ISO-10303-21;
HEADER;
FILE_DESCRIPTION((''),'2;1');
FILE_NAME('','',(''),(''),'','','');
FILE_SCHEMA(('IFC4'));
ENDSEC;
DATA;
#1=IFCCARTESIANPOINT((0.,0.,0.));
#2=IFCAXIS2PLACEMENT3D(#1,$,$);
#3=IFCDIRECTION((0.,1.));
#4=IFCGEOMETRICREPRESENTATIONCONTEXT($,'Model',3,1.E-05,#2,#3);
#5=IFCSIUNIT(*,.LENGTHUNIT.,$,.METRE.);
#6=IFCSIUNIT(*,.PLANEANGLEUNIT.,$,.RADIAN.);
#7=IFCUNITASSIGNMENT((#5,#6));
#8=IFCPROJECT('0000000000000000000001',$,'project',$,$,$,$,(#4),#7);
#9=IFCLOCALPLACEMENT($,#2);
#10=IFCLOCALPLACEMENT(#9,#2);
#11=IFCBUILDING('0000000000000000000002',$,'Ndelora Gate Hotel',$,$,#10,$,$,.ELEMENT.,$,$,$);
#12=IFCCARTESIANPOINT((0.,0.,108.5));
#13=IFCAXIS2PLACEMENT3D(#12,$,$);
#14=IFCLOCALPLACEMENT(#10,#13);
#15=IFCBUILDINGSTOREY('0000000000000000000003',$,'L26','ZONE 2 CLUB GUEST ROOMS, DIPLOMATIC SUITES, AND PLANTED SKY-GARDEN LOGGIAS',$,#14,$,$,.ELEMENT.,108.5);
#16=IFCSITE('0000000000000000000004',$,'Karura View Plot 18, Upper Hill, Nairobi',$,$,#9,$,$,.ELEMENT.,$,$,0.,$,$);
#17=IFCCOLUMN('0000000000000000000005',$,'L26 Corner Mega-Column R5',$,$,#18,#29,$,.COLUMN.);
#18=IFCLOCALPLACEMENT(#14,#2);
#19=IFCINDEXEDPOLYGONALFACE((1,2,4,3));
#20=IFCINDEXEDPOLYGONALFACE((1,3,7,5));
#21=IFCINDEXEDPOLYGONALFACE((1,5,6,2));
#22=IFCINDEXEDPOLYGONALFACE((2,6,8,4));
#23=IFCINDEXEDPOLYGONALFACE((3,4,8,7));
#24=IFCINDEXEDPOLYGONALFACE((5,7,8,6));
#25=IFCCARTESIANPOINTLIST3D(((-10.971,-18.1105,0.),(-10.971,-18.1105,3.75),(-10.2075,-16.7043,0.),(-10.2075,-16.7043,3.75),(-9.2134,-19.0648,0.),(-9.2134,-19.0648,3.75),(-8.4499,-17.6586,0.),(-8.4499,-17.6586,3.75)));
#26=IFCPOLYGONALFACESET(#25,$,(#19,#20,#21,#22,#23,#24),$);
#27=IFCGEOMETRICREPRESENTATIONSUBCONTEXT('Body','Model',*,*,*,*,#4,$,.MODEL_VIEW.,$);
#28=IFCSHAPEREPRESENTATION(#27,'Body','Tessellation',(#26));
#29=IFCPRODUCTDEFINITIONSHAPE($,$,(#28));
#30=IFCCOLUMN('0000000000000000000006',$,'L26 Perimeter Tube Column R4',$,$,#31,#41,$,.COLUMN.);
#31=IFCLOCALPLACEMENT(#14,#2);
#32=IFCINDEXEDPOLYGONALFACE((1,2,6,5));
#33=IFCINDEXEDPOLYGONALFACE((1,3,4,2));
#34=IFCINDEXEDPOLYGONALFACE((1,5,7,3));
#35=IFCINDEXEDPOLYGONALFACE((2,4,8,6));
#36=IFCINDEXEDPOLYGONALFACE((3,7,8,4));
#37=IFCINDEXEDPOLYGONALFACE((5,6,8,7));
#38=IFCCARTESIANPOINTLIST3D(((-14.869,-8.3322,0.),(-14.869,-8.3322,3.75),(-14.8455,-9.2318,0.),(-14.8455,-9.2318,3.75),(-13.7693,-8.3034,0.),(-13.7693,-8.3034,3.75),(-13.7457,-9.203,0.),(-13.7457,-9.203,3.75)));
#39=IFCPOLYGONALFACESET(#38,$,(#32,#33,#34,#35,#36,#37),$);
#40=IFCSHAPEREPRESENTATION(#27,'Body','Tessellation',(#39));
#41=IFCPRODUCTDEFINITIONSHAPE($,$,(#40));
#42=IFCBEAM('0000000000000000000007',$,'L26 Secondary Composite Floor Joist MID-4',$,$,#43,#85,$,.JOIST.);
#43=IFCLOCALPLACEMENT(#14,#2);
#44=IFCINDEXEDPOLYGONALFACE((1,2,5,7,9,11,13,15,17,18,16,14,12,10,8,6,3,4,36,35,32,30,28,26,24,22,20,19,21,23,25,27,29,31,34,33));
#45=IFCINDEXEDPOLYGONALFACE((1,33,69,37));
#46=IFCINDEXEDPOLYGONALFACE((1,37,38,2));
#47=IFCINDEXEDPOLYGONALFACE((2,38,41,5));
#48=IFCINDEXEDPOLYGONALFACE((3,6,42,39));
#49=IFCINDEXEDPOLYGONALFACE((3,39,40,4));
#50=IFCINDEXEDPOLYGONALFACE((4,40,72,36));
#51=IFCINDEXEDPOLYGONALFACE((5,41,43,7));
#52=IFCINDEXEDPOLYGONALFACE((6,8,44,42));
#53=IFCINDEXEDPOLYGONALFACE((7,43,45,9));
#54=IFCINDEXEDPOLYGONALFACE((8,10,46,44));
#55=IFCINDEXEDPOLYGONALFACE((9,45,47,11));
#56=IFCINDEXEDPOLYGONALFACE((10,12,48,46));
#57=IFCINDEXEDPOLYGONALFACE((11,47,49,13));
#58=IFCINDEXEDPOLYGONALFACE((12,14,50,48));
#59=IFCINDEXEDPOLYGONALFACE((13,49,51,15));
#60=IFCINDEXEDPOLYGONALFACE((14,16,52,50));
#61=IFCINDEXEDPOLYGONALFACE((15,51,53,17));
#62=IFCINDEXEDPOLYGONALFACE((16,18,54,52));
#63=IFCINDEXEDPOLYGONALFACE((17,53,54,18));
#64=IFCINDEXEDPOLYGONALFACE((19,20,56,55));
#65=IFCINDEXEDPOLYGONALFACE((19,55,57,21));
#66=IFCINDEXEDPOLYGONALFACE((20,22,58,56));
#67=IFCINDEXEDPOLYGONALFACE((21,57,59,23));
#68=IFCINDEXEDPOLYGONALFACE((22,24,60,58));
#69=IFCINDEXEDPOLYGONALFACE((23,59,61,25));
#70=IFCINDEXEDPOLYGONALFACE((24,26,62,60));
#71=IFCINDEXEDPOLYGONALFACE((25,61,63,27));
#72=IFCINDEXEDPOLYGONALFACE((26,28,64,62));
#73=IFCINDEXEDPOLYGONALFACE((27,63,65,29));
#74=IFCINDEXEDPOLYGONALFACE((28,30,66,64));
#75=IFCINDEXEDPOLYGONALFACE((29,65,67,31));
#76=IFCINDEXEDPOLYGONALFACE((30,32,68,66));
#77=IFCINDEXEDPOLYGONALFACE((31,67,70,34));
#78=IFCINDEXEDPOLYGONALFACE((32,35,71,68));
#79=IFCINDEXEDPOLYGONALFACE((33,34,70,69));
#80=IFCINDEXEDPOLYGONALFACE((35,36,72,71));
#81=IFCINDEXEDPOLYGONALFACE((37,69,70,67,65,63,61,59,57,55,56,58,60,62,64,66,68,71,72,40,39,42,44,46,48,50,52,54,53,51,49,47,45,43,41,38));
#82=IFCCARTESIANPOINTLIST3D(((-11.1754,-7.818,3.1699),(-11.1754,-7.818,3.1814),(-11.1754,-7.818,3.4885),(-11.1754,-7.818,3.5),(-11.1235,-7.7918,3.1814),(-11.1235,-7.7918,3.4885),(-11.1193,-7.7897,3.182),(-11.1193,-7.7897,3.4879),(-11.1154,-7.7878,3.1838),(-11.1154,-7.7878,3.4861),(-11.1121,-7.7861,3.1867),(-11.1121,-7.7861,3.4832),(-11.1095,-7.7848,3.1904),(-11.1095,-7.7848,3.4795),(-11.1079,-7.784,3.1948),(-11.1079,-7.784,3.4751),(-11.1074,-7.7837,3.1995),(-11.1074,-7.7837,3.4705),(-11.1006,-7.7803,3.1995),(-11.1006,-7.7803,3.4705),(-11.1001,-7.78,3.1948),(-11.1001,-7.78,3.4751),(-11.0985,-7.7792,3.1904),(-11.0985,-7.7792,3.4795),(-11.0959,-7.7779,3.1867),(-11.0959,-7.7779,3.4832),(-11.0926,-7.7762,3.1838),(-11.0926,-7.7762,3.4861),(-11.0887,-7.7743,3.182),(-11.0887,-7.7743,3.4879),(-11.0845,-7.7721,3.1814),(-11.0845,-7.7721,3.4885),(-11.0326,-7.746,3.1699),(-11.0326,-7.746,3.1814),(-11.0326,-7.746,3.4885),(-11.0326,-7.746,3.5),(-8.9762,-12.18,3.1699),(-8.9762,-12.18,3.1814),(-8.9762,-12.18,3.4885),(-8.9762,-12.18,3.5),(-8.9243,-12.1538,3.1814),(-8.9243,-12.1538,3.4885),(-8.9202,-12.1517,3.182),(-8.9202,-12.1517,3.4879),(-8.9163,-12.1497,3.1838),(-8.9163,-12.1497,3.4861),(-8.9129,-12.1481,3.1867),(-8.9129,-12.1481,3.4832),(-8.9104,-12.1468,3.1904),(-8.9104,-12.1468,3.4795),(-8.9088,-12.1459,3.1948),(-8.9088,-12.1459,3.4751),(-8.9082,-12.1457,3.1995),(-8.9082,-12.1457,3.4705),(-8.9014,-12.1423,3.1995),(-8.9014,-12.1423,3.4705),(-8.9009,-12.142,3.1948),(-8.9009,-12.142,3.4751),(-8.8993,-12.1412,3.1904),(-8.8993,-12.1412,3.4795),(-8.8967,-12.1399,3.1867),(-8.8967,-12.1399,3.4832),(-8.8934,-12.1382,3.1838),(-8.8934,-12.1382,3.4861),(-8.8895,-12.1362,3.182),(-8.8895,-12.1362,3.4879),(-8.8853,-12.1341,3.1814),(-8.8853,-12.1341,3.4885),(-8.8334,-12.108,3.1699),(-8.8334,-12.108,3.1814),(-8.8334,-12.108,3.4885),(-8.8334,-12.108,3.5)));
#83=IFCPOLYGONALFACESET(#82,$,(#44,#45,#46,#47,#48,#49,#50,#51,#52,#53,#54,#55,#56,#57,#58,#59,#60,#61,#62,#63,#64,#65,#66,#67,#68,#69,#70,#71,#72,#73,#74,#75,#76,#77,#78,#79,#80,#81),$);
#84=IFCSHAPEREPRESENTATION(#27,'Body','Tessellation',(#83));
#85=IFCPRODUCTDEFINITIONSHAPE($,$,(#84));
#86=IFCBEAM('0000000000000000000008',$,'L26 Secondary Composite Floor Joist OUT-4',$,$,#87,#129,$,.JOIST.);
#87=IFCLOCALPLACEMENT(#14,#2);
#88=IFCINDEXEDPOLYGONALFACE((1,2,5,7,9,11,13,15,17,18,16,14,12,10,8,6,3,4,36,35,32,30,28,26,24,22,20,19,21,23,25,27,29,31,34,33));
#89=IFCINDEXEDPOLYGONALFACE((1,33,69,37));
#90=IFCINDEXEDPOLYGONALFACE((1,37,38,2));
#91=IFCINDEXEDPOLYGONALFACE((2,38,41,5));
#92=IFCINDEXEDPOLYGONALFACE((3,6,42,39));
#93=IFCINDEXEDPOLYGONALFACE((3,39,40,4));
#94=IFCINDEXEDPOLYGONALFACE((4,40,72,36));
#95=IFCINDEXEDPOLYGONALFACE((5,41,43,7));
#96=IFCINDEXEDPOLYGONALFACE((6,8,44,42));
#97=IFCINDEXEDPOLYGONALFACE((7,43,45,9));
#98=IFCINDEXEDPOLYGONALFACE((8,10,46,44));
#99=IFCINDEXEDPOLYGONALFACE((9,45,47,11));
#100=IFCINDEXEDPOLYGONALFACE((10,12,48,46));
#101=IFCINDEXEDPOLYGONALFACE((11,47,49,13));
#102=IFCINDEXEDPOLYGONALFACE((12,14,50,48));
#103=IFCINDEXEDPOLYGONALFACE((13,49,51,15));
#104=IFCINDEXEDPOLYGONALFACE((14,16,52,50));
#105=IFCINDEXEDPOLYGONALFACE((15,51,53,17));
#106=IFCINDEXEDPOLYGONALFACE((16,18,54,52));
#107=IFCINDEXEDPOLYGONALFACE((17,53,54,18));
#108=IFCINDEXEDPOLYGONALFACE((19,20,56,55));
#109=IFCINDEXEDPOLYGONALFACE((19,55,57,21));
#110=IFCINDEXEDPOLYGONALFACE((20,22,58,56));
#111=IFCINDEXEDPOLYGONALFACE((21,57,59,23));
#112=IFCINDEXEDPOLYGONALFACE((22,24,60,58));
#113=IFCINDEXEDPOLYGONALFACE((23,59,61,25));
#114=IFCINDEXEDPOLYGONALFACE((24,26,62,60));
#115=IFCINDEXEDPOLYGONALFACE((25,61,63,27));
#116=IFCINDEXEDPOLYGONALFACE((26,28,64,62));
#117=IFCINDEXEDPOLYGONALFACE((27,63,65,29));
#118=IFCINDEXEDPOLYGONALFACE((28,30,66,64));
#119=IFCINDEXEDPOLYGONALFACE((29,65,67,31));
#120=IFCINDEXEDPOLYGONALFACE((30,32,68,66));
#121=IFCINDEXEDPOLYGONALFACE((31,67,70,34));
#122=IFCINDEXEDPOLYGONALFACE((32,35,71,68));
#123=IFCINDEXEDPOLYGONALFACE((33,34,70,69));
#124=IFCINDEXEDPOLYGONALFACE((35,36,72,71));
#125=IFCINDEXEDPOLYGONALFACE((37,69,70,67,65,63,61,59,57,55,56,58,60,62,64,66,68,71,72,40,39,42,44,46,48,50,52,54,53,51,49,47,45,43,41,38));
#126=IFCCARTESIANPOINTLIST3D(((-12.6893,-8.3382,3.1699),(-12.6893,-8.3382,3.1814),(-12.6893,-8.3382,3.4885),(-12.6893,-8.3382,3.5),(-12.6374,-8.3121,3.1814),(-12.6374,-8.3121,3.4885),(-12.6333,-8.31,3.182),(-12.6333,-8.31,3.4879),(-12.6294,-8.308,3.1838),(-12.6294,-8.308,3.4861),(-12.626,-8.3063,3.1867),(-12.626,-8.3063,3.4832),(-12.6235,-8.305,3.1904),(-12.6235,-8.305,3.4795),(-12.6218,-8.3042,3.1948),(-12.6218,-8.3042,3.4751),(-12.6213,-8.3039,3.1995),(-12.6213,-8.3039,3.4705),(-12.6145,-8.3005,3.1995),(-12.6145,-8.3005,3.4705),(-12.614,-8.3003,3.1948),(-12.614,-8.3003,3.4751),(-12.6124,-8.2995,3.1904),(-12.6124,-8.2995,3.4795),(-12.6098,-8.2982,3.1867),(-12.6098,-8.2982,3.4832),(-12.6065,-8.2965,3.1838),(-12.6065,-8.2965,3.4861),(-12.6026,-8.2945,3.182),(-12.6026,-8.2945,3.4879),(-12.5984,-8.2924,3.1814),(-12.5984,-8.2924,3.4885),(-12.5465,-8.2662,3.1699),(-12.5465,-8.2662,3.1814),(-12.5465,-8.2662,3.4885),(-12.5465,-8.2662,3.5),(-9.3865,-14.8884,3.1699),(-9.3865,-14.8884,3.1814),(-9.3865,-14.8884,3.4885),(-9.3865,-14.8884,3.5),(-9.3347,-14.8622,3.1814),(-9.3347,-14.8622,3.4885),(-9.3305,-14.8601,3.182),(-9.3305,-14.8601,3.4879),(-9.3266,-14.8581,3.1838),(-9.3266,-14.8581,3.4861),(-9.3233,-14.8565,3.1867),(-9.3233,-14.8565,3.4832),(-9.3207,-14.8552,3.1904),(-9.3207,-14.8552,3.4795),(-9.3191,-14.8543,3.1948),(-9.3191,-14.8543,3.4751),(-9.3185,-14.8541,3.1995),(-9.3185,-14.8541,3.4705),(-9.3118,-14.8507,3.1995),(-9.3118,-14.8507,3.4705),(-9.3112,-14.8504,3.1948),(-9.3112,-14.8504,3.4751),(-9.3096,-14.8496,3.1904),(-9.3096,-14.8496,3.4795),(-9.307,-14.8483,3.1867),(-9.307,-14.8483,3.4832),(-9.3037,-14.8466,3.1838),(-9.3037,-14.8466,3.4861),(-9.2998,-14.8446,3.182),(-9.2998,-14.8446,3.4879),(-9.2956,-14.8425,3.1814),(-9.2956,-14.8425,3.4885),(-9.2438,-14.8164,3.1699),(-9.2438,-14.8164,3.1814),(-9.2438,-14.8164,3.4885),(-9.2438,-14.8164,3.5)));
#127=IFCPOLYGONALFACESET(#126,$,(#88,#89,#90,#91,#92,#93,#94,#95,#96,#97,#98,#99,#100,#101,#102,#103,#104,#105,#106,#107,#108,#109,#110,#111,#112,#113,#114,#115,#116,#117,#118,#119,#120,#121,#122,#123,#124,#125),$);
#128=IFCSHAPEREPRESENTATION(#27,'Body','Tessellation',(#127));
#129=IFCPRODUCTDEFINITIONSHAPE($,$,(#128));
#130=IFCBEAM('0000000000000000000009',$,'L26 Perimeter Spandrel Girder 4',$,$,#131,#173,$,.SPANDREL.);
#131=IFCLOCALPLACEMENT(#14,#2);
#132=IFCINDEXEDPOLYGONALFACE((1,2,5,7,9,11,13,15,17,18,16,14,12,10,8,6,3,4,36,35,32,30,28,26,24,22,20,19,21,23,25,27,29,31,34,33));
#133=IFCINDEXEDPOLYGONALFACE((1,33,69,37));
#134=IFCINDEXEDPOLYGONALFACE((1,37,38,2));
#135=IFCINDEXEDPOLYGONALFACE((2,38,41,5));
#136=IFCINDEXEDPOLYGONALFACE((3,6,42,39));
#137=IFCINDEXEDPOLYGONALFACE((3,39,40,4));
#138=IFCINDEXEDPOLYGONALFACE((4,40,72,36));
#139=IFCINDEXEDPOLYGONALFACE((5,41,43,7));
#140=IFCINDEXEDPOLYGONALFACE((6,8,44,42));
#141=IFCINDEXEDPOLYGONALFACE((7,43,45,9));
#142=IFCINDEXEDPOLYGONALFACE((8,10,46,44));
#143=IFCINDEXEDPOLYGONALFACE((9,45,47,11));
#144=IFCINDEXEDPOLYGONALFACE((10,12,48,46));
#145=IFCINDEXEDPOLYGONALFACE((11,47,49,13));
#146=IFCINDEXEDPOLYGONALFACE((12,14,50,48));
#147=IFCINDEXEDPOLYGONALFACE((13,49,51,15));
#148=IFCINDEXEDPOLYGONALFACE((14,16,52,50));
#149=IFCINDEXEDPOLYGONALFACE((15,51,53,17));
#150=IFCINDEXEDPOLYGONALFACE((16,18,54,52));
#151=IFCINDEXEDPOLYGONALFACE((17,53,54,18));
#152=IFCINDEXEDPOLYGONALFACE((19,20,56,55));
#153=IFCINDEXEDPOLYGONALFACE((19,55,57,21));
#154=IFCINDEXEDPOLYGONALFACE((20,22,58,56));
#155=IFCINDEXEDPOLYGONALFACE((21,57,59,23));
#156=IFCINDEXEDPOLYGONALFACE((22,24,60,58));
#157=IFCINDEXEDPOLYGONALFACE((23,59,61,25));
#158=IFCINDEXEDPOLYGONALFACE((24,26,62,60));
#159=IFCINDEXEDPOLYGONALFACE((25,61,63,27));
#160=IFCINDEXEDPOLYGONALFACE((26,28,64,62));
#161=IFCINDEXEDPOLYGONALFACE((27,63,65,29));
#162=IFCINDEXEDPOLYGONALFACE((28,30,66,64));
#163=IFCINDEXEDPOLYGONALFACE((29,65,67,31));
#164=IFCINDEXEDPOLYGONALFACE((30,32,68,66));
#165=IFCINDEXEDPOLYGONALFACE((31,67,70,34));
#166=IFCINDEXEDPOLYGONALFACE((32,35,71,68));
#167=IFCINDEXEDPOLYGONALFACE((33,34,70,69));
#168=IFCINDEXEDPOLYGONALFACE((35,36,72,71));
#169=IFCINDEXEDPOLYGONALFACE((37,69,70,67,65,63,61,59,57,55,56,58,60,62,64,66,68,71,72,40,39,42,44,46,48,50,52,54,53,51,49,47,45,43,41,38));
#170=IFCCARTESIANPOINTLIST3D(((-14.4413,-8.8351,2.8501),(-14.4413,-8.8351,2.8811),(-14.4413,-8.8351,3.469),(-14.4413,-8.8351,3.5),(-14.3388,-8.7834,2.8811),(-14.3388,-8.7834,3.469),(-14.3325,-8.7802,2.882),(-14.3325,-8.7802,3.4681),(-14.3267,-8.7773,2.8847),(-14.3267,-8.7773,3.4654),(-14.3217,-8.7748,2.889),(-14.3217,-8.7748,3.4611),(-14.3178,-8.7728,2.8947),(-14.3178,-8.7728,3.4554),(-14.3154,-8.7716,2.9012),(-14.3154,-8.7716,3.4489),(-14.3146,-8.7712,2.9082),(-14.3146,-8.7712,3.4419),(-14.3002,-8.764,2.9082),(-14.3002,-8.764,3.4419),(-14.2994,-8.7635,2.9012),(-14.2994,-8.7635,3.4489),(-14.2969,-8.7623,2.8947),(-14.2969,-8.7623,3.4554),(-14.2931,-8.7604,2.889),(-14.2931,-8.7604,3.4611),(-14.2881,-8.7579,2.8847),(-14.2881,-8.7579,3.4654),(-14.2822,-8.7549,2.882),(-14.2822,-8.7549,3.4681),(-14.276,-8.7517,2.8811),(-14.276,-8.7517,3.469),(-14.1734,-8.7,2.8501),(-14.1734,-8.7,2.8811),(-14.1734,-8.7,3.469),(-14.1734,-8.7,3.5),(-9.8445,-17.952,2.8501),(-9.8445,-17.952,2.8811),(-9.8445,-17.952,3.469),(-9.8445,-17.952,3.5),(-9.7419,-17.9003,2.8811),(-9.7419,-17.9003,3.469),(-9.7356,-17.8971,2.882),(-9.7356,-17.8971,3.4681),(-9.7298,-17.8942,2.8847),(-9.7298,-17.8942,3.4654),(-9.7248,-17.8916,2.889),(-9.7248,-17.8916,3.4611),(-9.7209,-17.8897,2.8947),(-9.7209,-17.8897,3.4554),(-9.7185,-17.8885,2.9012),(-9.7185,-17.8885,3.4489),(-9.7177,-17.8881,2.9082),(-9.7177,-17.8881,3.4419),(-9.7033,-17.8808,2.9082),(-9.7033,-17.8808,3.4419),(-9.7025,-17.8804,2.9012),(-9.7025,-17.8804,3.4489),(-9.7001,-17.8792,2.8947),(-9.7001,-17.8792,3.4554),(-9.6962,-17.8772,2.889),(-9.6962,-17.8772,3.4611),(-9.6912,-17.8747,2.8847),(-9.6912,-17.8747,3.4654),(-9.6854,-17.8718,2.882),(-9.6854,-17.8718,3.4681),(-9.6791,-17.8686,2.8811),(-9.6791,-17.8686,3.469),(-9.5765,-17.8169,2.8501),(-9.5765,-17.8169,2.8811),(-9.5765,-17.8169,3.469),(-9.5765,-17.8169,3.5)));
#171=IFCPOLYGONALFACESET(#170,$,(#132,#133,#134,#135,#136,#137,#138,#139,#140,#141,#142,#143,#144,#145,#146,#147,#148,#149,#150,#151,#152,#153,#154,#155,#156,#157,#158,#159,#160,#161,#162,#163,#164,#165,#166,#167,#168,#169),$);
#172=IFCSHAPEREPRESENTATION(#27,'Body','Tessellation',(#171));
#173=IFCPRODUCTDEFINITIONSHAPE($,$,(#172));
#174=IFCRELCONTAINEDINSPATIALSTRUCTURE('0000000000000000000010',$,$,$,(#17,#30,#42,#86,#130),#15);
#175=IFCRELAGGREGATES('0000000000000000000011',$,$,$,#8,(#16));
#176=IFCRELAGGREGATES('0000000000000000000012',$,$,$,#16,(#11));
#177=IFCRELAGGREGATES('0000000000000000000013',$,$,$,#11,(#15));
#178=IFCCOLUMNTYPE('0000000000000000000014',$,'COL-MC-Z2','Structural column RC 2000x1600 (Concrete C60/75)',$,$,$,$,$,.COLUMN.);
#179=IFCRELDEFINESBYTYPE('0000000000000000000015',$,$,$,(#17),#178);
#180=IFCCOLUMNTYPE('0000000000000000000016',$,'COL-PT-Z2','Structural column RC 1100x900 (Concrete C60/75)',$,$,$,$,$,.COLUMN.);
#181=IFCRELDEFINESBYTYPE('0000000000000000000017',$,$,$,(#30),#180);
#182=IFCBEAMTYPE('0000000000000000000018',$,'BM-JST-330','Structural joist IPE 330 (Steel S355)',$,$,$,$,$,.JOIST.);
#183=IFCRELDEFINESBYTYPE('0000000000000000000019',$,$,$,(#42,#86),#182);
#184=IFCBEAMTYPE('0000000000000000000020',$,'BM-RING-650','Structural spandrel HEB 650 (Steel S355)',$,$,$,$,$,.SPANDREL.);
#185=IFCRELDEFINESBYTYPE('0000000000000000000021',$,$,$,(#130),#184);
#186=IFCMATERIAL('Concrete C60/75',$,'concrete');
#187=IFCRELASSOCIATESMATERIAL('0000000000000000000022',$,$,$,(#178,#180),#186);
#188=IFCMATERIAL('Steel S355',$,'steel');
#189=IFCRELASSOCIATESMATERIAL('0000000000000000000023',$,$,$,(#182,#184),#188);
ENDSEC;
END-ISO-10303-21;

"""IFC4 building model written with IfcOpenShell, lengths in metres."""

from ifc_helpers import new_model, si_unit, direction, frame, origin, origin_2d, place, context, subcontext, project, spatial, rectangle, i_section, extrude, material, material_profile, profile_set, type_object, element, save


model = new_model("IFC4")

# Units and contexts
model_context = context("Model", 3, precision=1e-05, world=origin(), true_north=direction((0.0, 1.0)))
body_context = subcontext(model_context, "Body", "Model", "MODEL_VIEW")
ifc_project = project(units=[si_unit("LENGTHUNIT", "METRE"), si_unit("PLANEANGLEUNIT", "RADIAN")], contexts=[model_context])

# Site, building, storey
site_placement = place(None, origin())
site = spatial("IfcSite", under=ifc_project, at=site_placement, Name="Karura View Plot 18, Upper Hill, Nairobi", CompositionType="ELEMENT", RefElevation=0.0)
building_placement = place(site_placement, origin())
building = spatial("IfcBuilding", under=site, at=building_placement, Name="Ndelora Gate Hotel", CompositionType="ELEMENT")
storey_placement = place(building_placement, frame((0.0, 0.0, 108.5)))
storey = spatial("IfcBuildingStorey", under=building, at=storey_placement, Name="L26", Description="ZONE 2 CLUB GUEST ROOMS, DIPLOMATIC SUITES, AND PLANTED SKY-GARDEN LOGGIAS", CompositionType="ELEMENT", Elevation=108.5)

# Columns
ifc_material_1 = material(Name="Concrete C60/75", Category="concrete")
ifc_material_profile_1 = material_profile(ifc_material_1, rectangle(XDim=1.6001, YDim=2.0, at=origin_2d()), Name="RC 2000x1600")
ifc_profile_set_1 = profile_set([ifc_material_profile_1], Name="Concrete C60/75")
column_type_1 = type_object("IfcColumnType", Name="COL-MC-Z2", Description="Structural column RC 2000x1600 (Concrete C60/75)", PredefinedType="COLUMN", material=ifc_profile_set_1)
column_1_placement = place(storey_placement, frame((-9.7104, -17.8845, 0.0), z_axis=(0.0, 0.0, 1.0), x_axis=(0.477159, 0.878817, 0.0)))
element("IfcColumn", 1, at=column_1_placement, inside=storey, type_object=column_type_1, Name="L26 Corner Mega-Column R5", PredefinedType="COLUMN", context=body_context, shape_type="SweptSolid", body=[
    extrude(rectangle(XDim=1.6001, YDim=2.0, at=origin_2d()), origin(), (0.0, 0.0, 1.0), 3.75),
])
ifc_material_profile_2 = material_profile(ifc_material_1, rectangle(XDim=0.8999, YDim=1.1001, at=origin_2d()), Name="RC 1100x900")
ifc_profile_set_2 = profile_set([ifc_material_profile_2], Name="Concrete C60/75")
column_type_2 = type_object("IfcColumnType", Name="COL-PT-Z2", Description="Structural column RC 1100x900 (Concrete C60/75)", PredefinedType="COLUMN", material=ifc_profile_set_2)
column_2_placement = place(storey_placement, frame((-14.3074, -8.7676, 0.0), z_axis=(0.0, 0.0, 1.0), x_axis=(-0.026177, 0.999657, 0.0)))
element("IfcColumn", 2, at=column_2_placement, inside=storey, type_object=column_type_2, Name="L26 Perimeter Tube Column R4", PredefinedType="COLUMN", context=body_context, shape_type="SweptSolid", body=[
    extrude(rectangle(XDim=0.8999, YDim=1.1001, at=origin_2d()), origin(), (0.0, 0.0, 1.0), 3.75),
])

# Beams
ifc_material_2 = material(Name="Steel S355", Category="steel")
ifc_material_profile_3 = material_profile(ifc_material_2, i_section(OverallWidth=0.1599, OverallDepth=0.3301, WebThickness=0.0076, FlangeThickness=0.0115, FilletRadius=0.0181, at=origin_2d()), Name="IPE 330")
ifc_profile_set_3 = profile_set([ifc_material_profile_3], Name="Steel S355")
beam_type_1 = type_object("IfcBeamType", Name="BM-JST-330", Description="Structural joist IPE 330 (Steel S355)", PredefinedType="JOIST", material=ifc_profile_set_3)
beam_1_placement = place(storey_placement, frame((-11.104, -7.782, 3.335), z_axis=(0.45019, -0.892933, 0.0), x_axis=(0.892933, 0.45019, 0.0)))
element("IfcBeam", 3, at=beam_1_placement, inside=storey, type_object=beam_type_1, Name="L26 Secondary Composite Floor Joist MID-4", PredefinedType="JOIST", context=body_context, shape_type="SweptSolid", body=[
    extrude(i_section(OverallWidth=0.1599, OverallDepth=0.3301, WebThickness=0.0076, FlangeThickness=0.0115, FilletRadius=0.0181, at=origin_2d()), origin(), (0.0, 0.0, 1.0), 4.885),
])
beam_2_placement = place(storey_placement, frame((-12.6179, -8.3022, 3.335), z_axis=(0.450233, -0.892911, 0.0), x_axis=(0.892911, 0.450233, 0.0)))
element("IfcBeam", 4, at=beam_2_placement, inside=storey, type_object=beam_type_1, Name="L26 Secondary Composite Floor Joist OUT-4", PredefinedType="JOIST", context=body_context, shape_type="SweptSolid", body=[
    extrude(i_section(OverallWidth=0.1599, OverallDepth=0.3301, WebThickness=0.0076, FlangeThickness=0.0115, FilletRadius=0.0181, at=origin_2d()), origin(), (0.0, 0.0, 1.0), 7.3357),
])
ifc_material_profile_4 = material_profile(ifc_material_2, i_section(OverallWidth=0.3, OverallDepth=0.6499, WebThickness=0.0161, FlangeThickness=0.031, FilletRadius=0.0271, at=origin_2d()), Name="HEB 650")
ifc_profile_set_4 = profile_set([ifc_material_profile_4], Name="Steel S355")
beam_type_2 = type_object("IfcBeamType", Name="BM-RING-650", Description="Structural spandrel HEB 650 (Steel S355)", PredefinedType="SPANDREL", material=ifc_profile_set_4)
for number, where, z_axis, x_axis, name in (
    (5, (-14.3074, -8.7676, 3.175), (0.450224, -0.892916, 0.0), (0.892916, 0.450224, 0.0), "L26 Perimeter Spandrel Girder 4"),
):
    element("IfcBeam", number, at=place(storey_placement, frame(where, z_axis=z_axis, x_axis=x_axis)), inside=storey, type_object=beam_type_2, Name=name, PredefinedType="SPANDREL", context=body_context, shape_type="SweptSolid", body=[
        extrude(i_section(OverallWidth=0.3, OverallDepth=0.6499, WebThickness=0.0161, FlangeThickness=0.031, FilletRadius=0.0271, at=origin_2d()), origin(), (0.0, 0.0, 1.0), 10.2102),
    ])

save(model, "model.ifc")
